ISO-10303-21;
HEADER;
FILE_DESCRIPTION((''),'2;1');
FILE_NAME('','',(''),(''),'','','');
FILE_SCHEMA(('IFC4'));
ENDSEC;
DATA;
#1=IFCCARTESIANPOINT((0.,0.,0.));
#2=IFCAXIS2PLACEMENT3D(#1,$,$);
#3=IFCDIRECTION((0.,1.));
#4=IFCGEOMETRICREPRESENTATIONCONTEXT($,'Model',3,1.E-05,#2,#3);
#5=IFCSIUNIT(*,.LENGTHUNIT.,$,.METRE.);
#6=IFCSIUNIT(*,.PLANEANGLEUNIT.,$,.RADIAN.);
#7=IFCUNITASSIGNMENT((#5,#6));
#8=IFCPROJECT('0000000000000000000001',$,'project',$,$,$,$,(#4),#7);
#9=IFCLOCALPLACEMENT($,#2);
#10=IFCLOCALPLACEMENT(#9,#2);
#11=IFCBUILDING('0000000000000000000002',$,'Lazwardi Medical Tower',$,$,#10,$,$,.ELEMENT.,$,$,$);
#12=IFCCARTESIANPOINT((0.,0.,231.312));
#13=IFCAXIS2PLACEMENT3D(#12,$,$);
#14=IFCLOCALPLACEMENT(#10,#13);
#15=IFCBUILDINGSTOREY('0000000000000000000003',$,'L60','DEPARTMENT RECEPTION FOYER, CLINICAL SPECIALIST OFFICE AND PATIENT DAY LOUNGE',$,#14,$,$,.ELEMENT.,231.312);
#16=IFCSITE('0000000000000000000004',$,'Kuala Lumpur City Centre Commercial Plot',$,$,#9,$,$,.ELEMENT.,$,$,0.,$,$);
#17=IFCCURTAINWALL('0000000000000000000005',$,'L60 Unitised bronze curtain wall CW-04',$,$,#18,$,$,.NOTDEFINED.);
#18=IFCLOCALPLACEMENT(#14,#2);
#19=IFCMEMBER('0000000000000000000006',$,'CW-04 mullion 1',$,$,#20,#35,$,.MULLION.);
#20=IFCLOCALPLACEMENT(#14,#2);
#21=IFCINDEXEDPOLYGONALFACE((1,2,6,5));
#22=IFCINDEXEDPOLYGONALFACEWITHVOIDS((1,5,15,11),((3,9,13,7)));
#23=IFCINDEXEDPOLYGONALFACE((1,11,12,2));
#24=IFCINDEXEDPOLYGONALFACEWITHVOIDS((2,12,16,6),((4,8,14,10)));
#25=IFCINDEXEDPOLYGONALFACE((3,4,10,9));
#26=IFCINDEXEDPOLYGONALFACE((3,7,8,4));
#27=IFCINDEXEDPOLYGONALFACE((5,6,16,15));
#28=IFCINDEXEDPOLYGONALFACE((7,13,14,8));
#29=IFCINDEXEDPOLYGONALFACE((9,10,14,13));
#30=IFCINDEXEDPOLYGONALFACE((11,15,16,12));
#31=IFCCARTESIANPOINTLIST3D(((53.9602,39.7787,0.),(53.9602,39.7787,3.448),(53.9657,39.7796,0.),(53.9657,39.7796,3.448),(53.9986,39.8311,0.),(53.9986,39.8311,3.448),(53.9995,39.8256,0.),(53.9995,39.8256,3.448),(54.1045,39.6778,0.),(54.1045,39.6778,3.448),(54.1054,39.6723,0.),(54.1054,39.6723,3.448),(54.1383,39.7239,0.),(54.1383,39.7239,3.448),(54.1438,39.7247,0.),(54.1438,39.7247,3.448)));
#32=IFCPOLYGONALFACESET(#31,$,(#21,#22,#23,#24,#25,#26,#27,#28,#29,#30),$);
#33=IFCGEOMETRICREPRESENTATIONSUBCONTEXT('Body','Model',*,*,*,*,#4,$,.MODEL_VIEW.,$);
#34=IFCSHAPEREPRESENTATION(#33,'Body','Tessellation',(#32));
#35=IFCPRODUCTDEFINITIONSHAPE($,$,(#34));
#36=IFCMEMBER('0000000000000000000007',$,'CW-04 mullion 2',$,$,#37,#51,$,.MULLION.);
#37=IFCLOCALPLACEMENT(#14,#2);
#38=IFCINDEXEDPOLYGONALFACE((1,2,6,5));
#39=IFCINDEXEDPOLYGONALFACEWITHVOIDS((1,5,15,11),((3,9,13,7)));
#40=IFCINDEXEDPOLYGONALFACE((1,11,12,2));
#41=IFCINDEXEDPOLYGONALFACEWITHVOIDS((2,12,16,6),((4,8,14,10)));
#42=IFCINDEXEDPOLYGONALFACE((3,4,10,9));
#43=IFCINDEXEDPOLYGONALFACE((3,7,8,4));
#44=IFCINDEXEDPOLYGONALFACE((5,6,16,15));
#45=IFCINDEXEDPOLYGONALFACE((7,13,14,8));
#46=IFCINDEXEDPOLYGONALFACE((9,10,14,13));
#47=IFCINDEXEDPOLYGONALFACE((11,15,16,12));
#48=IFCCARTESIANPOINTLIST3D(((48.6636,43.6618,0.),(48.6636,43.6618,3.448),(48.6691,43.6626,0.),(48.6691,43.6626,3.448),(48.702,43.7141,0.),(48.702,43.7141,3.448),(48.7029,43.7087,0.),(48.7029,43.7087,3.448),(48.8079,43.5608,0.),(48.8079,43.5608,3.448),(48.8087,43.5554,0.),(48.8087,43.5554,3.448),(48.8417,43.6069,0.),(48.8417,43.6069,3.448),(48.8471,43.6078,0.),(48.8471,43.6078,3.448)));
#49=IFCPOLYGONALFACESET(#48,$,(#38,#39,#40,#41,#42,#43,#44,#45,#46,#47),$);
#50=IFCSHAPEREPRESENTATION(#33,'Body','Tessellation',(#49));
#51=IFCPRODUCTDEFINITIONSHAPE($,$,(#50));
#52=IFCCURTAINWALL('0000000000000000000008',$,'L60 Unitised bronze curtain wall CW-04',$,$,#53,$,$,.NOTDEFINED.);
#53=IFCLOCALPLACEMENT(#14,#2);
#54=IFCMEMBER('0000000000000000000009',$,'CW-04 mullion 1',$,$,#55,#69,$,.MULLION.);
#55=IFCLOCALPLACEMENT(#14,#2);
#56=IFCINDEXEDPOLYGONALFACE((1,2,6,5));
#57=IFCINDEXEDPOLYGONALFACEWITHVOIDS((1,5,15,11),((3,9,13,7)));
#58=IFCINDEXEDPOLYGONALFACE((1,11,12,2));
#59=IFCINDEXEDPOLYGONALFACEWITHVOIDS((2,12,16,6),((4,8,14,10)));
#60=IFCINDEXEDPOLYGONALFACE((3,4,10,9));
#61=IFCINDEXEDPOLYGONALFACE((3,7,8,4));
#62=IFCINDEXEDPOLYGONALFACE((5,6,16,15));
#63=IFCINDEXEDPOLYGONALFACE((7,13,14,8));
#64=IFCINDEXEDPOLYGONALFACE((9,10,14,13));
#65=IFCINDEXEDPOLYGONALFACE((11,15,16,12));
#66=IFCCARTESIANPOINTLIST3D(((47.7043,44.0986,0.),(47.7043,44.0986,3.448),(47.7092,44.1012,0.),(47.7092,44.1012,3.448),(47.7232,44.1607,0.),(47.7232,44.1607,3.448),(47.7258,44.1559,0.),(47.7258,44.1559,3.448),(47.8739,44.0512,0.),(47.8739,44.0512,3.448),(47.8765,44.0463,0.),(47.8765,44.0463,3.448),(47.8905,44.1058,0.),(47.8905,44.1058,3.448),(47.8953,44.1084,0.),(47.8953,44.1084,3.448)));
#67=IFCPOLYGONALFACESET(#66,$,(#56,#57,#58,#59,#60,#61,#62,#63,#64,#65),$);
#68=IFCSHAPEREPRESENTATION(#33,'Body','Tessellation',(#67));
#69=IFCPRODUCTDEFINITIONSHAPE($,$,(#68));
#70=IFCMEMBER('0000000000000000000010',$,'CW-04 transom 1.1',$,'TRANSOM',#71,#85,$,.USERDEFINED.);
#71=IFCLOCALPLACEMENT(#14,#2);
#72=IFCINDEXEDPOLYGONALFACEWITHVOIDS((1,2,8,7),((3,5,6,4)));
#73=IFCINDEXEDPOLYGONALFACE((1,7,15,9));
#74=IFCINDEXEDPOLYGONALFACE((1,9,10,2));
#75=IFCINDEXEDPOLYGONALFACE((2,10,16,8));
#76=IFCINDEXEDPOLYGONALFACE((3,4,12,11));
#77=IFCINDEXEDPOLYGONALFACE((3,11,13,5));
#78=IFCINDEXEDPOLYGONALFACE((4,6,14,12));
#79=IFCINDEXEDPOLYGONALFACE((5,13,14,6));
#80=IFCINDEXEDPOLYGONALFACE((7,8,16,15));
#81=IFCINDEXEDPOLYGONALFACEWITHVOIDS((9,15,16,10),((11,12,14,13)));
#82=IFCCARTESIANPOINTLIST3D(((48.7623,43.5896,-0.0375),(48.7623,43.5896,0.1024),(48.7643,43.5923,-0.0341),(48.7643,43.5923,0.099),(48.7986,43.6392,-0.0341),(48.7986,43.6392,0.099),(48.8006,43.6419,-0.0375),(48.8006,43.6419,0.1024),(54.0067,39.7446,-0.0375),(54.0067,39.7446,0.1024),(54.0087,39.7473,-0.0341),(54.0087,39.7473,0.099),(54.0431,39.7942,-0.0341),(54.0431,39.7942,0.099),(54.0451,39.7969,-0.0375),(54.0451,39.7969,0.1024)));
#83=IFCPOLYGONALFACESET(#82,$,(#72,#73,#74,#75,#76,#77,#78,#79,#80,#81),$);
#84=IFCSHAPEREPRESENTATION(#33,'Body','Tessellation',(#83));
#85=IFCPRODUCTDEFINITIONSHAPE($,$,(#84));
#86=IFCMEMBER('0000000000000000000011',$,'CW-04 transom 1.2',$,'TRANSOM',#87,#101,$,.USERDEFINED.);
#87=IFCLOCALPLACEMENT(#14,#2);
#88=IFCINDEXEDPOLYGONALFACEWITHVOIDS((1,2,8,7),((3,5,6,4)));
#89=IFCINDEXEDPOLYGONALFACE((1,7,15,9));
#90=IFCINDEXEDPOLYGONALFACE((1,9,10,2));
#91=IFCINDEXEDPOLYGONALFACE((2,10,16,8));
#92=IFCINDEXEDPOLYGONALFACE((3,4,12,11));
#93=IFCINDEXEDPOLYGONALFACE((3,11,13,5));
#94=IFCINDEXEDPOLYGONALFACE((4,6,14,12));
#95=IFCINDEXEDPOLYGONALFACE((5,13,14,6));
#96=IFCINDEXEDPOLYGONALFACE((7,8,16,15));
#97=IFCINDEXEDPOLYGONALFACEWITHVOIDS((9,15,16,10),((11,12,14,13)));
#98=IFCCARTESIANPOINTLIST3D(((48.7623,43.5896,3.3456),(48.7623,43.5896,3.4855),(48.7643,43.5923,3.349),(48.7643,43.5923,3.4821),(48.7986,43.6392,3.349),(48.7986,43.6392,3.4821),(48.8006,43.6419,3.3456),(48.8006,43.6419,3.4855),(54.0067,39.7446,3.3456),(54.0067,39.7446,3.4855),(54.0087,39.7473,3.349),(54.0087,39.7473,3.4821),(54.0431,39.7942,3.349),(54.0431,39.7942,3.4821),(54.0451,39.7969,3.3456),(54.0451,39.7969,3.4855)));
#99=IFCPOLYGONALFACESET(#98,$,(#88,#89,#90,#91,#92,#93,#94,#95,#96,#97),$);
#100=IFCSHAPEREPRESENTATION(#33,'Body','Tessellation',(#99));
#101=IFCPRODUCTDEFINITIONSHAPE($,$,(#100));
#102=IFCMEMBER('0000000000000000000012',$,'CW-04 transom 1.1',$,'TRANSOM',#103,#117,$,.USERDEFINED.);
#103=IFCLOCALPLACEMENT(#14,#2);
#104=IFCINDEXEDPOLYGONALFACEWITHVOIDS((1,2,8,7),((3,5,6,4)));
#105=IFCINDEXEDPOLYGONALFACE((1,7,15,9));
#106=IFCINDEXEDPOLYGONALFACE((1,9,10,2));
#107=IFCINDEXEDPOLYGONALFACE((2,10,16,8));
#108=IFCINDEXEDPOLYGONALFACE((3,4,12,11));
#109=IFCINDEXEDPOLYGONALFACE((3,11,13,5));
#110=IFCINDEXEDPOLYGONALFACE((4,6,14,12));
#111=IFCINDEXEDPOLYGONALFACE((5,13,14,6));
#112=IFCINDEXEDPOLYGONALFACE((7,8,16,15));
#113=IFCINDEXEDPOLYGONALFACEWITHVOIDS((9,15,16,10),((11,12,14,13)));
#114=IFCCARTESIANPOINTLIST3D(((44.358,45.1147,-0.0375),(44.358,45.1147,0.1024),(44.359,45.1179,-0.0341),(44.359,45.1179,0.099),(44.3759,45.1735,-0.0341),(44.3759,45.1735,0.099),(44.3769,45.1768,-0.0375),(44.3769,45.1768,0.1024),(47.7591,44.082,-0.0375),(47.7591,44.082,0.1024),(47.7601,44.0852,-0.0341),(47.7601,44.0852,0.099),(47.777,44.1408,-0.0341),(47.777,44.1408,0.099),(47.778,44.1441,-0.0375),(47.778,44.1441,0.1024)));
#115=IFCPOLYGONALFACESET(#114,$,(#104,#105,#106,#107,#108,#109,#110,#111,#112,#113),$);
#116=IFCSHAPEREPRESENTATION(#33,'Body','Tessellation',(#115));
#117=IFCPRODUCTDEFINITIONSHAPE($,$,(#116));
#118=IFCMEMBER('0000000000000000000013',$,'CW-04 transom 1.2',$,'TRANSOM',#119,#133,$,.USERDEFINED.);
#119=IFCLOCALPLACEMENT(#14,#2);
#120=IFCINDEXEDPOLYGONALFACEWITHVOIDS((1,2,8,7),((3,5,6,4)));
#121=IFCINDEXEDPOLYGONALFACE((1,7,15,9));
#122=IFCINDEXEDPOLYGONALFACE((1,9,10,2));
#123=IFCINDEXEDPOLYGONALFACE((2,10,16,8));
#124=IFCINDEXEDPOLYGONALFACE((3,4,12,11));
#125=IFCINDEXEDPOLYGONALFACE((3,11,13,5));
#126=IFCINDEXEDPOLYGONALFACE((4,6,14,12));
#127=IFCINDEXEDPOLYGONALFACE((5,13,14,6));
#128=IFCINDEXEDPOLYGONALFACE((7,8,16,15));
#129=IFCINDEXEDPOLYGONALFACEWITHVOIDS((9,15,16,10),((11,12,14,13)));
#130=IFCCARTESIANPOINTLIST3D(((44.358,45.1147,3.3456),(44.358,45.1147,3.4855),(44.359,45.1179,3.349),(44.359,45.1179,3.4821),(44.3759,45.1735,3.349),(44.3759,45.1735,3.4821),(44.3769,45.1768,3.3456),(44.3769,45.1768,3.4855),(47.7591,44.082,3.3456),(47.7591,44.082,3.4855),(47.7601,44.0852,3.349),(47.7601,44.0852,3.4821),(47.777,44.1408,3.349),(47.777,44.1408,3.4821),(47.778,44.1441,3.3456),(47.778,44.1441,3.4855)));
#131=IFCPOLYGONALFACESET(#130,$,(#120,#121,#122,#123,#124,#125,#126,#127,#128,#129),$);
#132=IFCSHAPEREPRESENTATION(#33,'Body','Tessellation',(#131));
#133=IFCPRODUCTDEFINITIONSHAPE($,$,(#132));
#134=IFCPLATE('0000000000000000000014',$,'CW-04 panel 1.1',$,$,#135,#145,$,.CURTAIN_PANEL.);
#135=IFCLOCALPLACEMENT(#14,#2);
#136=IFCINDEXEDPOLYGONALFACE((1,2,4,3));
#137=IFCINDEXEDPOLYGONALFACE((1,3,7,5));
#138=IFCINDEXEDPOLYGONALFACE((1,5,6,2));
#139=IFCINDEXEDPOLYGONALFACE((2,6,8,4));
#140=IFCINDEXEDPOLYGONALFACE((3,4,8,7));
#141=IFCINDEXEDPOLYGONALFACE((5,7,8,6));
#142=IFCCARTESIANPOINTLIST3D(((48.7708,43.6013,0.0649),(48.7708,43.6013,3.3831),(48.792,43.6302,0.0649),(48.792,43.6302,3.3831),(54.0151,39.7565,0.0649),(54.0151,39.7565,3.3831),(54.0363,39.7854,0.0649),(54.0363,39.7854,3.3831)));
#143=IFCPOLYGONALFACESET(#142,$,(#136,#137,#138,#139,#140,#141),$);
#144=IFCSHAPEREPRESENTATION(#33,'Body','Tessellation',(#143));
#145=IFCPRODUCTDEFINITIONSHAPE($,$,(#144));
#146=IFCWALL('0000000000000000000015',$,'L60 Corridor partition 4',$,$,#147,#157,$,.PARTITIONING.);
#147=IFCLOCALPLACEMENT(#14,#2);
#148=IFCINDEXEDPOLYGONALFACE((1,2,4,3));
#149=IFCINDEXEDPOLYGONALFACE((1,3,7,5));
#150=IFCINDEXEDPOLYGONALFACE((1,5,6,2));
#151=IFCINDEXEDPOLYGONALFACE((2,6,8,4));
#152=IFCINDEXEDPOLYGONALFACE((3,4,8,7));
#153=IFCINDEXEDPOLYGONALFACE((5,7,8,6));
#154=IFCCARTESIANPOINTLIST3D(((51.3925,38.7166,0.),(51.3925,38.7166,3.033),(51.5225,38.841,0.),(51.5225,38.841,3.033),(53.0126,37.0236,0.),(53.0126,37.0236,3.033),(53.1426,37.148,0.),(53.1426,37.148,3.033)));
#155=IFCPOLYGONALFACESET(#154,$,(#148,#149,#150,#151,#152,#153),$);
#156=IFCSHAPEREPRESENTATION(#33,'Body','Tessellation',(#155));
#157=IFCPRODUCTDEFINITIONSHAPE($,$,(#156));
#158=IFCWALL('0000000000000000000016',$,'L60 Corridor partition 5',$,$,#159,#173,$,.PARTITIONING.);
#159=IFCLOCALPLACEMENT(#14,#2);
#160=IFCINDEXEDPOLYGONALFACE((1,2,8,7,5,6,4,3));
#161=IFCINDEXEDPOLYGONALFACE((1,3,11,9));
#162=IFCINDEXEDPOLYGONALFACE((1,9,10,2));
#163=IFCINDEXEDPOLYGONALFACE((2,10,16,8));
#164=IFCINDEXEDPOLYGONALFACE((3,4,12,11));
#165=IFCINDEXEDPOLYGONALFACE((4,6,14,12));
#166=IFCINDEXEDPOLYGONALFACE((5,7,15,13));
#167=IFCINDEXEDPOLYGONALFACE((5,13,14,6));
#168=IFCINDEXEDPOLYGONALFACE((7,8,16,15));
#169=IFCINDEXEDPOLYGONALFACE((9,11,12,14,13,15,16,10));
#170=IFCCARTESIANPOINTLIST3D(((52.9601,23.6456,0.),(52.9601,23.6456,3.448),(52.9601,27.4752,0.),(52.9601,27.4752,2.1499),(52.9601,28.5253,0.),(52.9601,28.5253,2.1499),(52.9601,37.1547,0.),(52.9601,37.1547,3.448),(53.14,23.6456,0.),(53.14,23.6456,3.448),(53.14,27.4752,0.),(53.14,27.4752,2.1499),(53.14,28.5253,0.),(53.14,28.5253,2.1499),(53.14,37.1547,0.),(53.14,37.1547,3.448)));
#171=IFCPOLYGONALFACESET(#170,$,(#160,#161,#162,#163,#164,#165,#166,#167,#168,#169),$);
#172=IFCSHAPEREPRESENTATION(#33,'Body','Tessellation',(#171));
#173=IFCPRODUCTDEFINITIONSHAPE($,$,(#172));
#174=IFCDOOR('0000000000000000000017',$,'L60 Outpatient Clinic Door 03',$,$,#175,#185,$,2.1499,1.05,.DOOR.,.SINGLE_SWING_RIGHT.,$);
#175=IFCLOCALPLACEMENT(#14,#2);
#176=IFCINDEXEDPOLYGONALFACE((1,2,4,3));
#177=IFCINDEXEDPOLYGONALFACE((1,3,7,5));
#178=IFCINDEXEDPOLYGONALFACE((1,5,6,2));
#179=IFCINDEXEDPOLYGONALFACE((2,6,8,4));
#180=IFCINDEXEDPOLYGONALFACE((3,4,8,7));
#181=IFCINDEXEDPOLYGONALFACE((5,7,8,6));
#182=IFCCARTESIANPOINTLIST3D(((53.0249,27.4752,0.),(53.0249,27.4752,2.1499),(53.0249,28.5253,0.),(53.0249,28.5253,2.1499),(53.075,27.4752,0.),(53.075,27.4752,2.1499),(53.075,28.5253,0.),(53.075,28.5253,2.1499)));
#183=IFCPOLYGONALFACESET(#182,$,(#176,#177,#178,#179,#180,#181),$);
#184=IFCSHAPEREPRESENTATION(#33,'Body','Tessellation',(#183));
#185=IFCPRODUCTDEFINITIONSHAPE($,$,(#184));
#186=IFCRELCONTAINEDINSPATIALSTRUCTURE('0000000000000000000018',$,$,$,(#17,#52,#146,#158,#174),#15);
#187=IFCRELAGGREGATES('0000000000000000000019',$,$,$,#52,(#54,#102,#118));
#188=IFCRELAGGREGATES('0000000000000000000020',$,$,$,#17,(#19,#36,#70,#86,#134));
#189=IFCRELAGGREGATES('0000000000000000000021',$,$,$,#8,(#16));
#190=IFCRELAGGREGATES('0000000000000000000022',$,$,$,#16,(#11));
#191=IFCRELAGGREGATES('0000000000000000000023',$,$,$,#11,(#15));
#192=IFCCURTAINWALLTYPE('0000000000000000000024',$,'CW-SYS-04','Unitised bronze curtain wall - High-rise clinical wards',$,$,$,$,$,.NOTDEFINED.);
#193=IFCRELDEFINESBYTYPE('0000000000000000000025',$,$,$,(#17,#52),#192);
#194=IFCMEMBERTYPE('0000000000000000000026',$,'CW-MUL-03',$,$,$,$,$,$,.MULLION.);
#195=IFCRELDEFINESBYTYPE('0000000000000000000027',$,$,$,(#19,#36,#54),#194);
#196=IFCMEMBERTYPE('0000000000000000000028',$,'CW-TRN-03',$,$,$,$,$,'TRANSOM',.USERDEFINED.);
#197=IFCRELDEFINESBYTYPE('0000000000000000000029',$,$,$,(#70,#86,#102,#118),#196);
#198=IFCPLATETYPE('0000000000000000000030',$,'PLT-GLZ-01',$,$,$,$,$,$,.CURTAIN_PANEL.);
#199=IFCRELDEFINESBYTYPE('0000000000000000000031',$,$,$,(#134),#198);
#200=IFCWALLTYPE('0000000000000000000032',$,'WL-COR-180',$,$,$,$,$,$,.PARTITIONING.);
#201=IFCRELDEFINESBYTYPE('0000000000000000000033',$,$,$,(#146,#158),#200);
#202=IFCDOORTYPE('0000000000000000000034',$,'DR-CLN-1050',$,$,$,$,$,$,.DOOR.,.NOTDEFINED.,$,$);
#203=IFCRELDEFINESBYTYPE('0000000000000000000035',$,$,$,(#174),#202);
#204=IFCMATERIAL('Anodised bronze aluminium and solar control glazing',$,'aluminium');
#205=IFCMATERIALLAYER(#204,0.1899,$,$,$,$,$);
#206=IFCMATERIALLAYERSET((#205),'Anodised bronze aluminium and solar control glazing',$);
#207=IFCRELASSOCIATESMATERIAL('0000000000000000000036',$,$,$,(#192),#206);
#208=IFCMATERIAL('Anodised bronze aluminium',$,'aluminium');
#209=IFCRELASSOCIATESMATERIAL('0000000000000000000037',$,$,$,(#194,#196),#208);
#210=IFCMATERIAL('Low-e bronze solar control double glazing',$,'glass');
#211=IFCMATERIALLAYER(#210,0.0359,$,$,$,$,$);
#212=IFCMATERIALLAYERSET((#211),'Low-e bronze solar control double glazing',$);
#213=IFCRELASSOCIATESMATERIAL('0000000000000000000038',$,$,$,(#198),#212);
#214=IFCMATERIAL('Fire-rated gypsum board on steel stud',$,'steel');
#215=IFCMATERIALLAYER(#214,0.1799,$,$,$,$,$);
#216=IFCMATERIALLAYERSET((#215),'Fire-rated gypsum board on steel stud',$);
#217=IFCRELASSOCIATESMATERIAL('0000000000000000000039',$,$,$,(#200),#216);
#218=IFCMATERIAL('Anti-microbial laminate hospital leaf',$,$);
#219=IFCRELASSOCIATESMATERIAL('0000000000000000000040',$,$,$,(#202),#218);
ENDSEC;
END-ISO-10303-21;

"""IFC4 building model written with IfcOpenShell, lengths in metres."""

from ifc_helpers import new_model, si_unit, direction, frame, frame_2d, origin, origin_2d, place, context, subcontext, project, spatial, rectangle, hollow_rectangle, extrude, material, layer, layer_set, material_profile, profile_set, type_object, element, fill, aggregate, save


model = new_model("IFC4")

# Units and contexts
model_context = context("Model", 3, precision=1e-05, world=origin(), true_north=direction((0.0, 1.0)))
body_context = subcontext(model_context, "Body", "Model", "MODEL_VIEW")
ifc_project = project(units=[si_unit("LENGTHUNIT", "METRE"), si_unit("PLANEANGLEUNIT", "RADIAN")], contexts=[model_context])

# Site, building, storey
site_placement = place(None, origin())
site = spatial("IfcSite", under=ifc_project, at=site_placement, Name="Kuala Lumpur City Centre Commercial Plot", CompositionType="ELEMENT", RefElevation=0.0)
building_placement = place(site_placement, origin())
building = spatial("IfcBuilding", under=site, at=building_placement, Name="Lazwardi Medical Tower", CompositionType="ELEMENT")
storey_placement = place(building_placement, frame((0.0, 0.0, 231.312)))
storey = spatial("IfcBuildingStorey", under=building, at=storey_placement, Name="L60", Description="DEPARTMENT RECEPTION FOYER, CLINICAL SPECIALIST OFFICE AND PATIENT DAY LOUNGE", CompositionType="ELEMENT", Elevation=231.312)

# Shared definitions
ifc_material_1 = material(Name="Anodised bronze aluminium and solar control glazing", Category="aluminium")
ifc_layer_1 = layer(ifc_material_1, 0.1899)
ifc_layer_set_1 = layer_set([ifc_layer_1], Name="Anodised bronze aluminium and solar control glazing")
curtain_wall_type = type_object("IfcCurtainWallType", Name="CW-SYS-04", Description="Unitised bronze curtain wall - High-rise clinical wards", PredefinedType="NOTDEFINED", material=ifc_layer_set_1)
ifc_material_2 = material(Name="Anodised bronze aluminium", Category="aluminium")
ifc_material_profile_1 = material_profile(ifc_material_2, hollow_rectangle(XDim=0.0649, YDim=0.1799, WallThickness=0.0039, at=origin_2d()), Name="ALU-MULLION 180x65x4")
ifc_profile_set_1 = profile_set([ifc_material_profile_1], Name="Anodised bronze aluminium")
member_type_1 = type_object("IfcMemberType", Name="CW-MUL-03", PredefinedType="MULLION", material=ifc_profile_set_1)

# Curtain wall, members
curtain_wall_1_placement = place(storey_placement, origin())
curtain_wall_1 = element("IfcCurtainWall", 1, at=curtain_wall_1_placement, inside=storey, type_object=curtain_wall_type, Name="L60 Unitised bronze curtain wall CW-04", PredefinedType="NOTDEFINED")
member_1_placement = place(storey_placement, frame((54.052, 39.7517, 0.0), z_axis=(0.0, 0.0, 1.0), x_axis=(-0.591268, -0.806475, 0.0)))
member_1 = element("IfcMember", 2, at=member_1_placement, type_object=member_type_1, Name="CW-04 mullion 1", PredefinedType="MULLION", context=body_context, shape_type="SweptSolid", body=[
    extrude(hollow_rectangle(XDim=0.0649, YDim=0.1799, WallThickness=0.0039, at=origin_2d()), origin(), (0.0, 0.0, 1.0), 3.448),
])
member_2_placement = place(storey_placement, frame((48.7554, 43.6348, 0.0), z_axis=(0.0, 0.0, 1.0), x_axis=(-0.591268, -0.806475, 0.0)))
member_2 = element("IfcMember", 3, at=member_2_placement, type_object=member_type_1, Name="CW-04 mullion 2", PredefinedType="MULLION", context=body_context, shape_type="SweptSolid", body=[
    extrude(hollow_rectangle(XDim=0.0649, YDim=0.1799, WallThickness=0.0039, at=origin_2d()), origin(), (0.0, 0.0, 1.0), 3.448),
])

# Curtain wall, member
curtain_wall_2_placement = place(storey_placement, origin())
curtain_wall_2 = element("IfcCurtainWall", 4, at=curtain_wall_2_placement, inside=storey, type_object=curtain_wall_type, Name="L60 Unitised bronze curtain wall CW-04", PredefinedType="NOTDEFINED")
member_3_placement = place(storey_placement, frame((47.7998, 44.1035, 0.0), z_axis=(0.0, 0.0, 1.0), x_axis=(-0.290582, -0.95685, 0.0)))
member_3 = element("IfcMember", 5, at=member_3_placement, type_object=member_type_1, Name="CW-04 mullion 1", PredefinedType="MULLION", context=body_context, shape_type="SweptSolid", body=[
    extrude(hollow_rectangle(XDim=0.0649, YDim=0.1799, WallThickness=0.0039, at=origin_2d()), origin(), (0.0, 0.0, 1.0), 3.448),
])

# Members
ifc_material_profile_2 = material_profile(ifc_material_2, hollow_rectangle(XDim=0.0649, YDim=0.1399, WallThickness=0.0034, at=origin_2d()), Name="ALU-TRANSOM 140x65x3.5")
ifc_profile_set_2 = profile_set([ifc_material_profile_2], Name="Anodised bronze aluminium")
member_type_2 = type_object("IfcMemberType", Name="CW-TRN-03", ElementType="TRANSOM", PredefinedType="USERDEFINED", material=ifc_profile_set_2)
member_4_placement = place(storey_placement, frame((54.0259, 39.7708, 0.0325), z_axis=(-0.806472, 0.591273, 0.0), x_axis=(-0.591273, -0.806472, 0.0)))
member_4 = element("IfcMember", 6, at=member_4_placement, type_object=member_type_2, Name="CW-04 transom 1.1", ObjectType="TRANSOM", PredefinedType="USERDEFINED", context=body_context, shape_type="SweptSolid", body=[
    extrude(hollow_rectangle(XDim=0.0649, YDim=0.1399, WallThickness=0.0034, at=origin_2d()), origin(), (0.0, 0.0, 1.0), 6.5029),
])
member_5_placement = place(storey_placement, frame((54.0259, 39.7708, 3.4155), z_axis=(-0.806472, 0.591273, 0.0), x_axis=(-0.591273, -0.806472, 0.0)))
member_5 = element("IfcMember", 7, at=member_5_placement, type_object=member_type_2, Name="CW-04 transom 1.2", ObjectType="TRANSOM", PredefinedType="USERDEFINED", context=body_context, shape_type="SweptSolid", body=[
    extrude(hollow_rectangle(XDim=0.0649, YDim=0.1399, WallThickness=0.0034, at=origin_2d()), origin(), (0.0, 0.0, 1.0), 6.5029),
])
member_6_placement = place(storey_placement, frame((47.7686, 44.113, 0.0325), z_axis=(-0.956863, 0.290541, 0.0), x_axis=(-0.290541, -0.956863, 0.0)))
member_6 = element("IfcMember", 8, at=member_6_placement, type_object=member_type_2, Name="CW-04 transom 1.1", ObjectType="TRANSOM", PredefinedType="USERDEFINED", context=body_context, shape_type="SweptSolid", body=[
    extrude(hollow_rectangle(XDim=0.0649, YDim=0.1399, WallThickness=0.0034, at=origin_2d()), origin(), (0.0, 0.0, 1.0), 3.5544),
])
member_7_placement = place(storey_placement, frame((47.7686, 44.113, 3.4155), z_axis=(-0.956863, 0.290541, 0.0), x_axis=(-0.290541, -0.956863, 0.0)))
member_7 = element("IfcMember", 9, at=member_7_placement, type_object=member_type_2, Name="CW-04 transom 1.2", ObjectType="TRANSOM", PredefinedType="USERDEFINED", context=body_context, shape_type="SweptSolid", body=[
    extrude(hollow_rectangle(XDim=0.0649, YDim=0.1399, WallThickness=0.0034, at=origin_2d()), origin(), (0.0, 0.0, 1.0), 3.5544),
])
aggregate(curtain_wall_2, [member_3, member_6, member_7])

# Plate
ifc_material_3 = material(Name="Low-e bronze solar control double glazing", Category="glass")
ifc_layer_2 = layer(ifc_material_3, 0.0359)
ifc_layer_set_2 = layer_set([ifc_layer_2], Name="Low-e bronze solar control double glazing")
plate_type = type_object("IfcPlateType", Name="PLT-GLZ-01", PredefinedType="CURTAIN_PANEL", material=ifc_layer_set_2)
plate_placement = place(storey_placement, frame((51.4036, 41.6934, 0.0649), z_axis=(0.0, 0.0, 1.0), x_axis=(-0.806475, 0.591268, 0.0)))
plate = element("IfcPlate", 10, at=plate_placement, type_object=plate_type, Name="CW-04 panel 1.1", PredefinedType="CURTAIN_PANEL", context=body_context, shape_type="SweptSolid", body=[
    extrude(rectangle(XDim=6.5027, YDim=0.0359, at=origin_2d()), origin(), (0.0, 0.0, 1.0), 3.3181),
])
aggregate(curtain_wall_1, [member_1, member_2, member_4, member_5, plate])

# Wall
ifc_material_4 = material(Name="Fire-rated gypsum board on steel stud", Category="steel")
ifc_layer_3 = layer(ifc_material_4, 0.1799)
ifc_layer_set_3 = layer_set([ifc_layer_3], Name="Fire-rated gypsum board on steel stud")
wall_type = type_object("IfcWallType", Name="WL-COR-180", PredefinedType="PARTITIONING", material=ifc_layer_set_3)
wall_1_placement = place(storey_placement, frame((51.4575, 38.7788, 0.0), z_axis=(0.0, 0.0, 1.0), x_axis=(0.69136, -0.722511, 0.0)))
element("IfcWall", 11, at=wall_1_placement, inside=storey, type_object=wall_type, Name="L60 Corridor partition 4", PredefinedType="PARTITIONING", context=body_context, shape_type="SweptSolid", body=[
    extrude(rectangle(XDim=2.3433, YDim=0.1799, at=frame_2d((1.1716, 0.0))), origin(), (0.0, 0.0, 1.0), 3.033),
])

# Wall, opening, door
wall_2_placement = place(storey_placement, frame((53.05, 37.1545, 0.0), z_axis=(0.0, 0.0, 1.0), x_axis=(0.0, -1.0, 0.0)))
wall_2 = element("IfcWall", 12, at=wall_2_placement, inside=storey, type_object=wall_type, Name="L60 Corridor partition 5", PredefinedType="PARTITIONING", context=body_context, shape_type="SweptSolid", body=[
    extrude(rectangle(XDim=13.509, YDim=0.1799, at=frame_2d((6.7544, 0.0))), origin(), (0.0, 0.0, 1.0), 3.448),
])
opening_placement = place(wall_2_placement, frame((8.6294, 0.0, 0.0)))
opening = element("IfcOpeningElement", 13, at=opening_placement, cuts=wall_2, PredefinedType="OPENING", context=body_context, shape_type="SweptSolid", body=[
    extrude(rectangle(XDim=1.05, YDim=2.1499, at=frame_2d((0.5249, 1.075))), frame((0.0, 0.0999, 0.0), z_axis=(0.0, -1.0, 0.0), x_axis=(1.0, 0.0, 0.0)), (0.0, 0.0, 1.0), 0.2),
])
ifc_material_5 = material(Name="Anti-microbial laminate hospital leaf")
door_type = type_object("IfcDoorType", Name="DR-CLN-1050", OperationType="NOTDEFINED", PredefinedType="DOOR", material=ifc_material_5)
door_placement = place(opening_placement, origin())
door = element("IfcDoor", 14, at=door_placement, inside=storey, type_object=door_type, Name="L60 Outpatient Clinic Door 03", OperationType="SINGLE_SWING_RIGHT", OverallHeight=2.1499, OverallWidth=1.05, PredefinedType="DOOR", context=body_context, shape_type="SweptSolid", body=[
    extrude(rectangle(XDim=1.05, YDim=2.1499, at=frame_2d((0.5249, 1.075))), frame((0.0, 0.0249, 0.0), z_axis=(0.0, -1.0, 0.0), x_axis=(1.0, 0.0, 0.0)), (0.0, 0.0, 1.0), 0.05),
])
fill(opening, door)

save(model, "model.ifc")
